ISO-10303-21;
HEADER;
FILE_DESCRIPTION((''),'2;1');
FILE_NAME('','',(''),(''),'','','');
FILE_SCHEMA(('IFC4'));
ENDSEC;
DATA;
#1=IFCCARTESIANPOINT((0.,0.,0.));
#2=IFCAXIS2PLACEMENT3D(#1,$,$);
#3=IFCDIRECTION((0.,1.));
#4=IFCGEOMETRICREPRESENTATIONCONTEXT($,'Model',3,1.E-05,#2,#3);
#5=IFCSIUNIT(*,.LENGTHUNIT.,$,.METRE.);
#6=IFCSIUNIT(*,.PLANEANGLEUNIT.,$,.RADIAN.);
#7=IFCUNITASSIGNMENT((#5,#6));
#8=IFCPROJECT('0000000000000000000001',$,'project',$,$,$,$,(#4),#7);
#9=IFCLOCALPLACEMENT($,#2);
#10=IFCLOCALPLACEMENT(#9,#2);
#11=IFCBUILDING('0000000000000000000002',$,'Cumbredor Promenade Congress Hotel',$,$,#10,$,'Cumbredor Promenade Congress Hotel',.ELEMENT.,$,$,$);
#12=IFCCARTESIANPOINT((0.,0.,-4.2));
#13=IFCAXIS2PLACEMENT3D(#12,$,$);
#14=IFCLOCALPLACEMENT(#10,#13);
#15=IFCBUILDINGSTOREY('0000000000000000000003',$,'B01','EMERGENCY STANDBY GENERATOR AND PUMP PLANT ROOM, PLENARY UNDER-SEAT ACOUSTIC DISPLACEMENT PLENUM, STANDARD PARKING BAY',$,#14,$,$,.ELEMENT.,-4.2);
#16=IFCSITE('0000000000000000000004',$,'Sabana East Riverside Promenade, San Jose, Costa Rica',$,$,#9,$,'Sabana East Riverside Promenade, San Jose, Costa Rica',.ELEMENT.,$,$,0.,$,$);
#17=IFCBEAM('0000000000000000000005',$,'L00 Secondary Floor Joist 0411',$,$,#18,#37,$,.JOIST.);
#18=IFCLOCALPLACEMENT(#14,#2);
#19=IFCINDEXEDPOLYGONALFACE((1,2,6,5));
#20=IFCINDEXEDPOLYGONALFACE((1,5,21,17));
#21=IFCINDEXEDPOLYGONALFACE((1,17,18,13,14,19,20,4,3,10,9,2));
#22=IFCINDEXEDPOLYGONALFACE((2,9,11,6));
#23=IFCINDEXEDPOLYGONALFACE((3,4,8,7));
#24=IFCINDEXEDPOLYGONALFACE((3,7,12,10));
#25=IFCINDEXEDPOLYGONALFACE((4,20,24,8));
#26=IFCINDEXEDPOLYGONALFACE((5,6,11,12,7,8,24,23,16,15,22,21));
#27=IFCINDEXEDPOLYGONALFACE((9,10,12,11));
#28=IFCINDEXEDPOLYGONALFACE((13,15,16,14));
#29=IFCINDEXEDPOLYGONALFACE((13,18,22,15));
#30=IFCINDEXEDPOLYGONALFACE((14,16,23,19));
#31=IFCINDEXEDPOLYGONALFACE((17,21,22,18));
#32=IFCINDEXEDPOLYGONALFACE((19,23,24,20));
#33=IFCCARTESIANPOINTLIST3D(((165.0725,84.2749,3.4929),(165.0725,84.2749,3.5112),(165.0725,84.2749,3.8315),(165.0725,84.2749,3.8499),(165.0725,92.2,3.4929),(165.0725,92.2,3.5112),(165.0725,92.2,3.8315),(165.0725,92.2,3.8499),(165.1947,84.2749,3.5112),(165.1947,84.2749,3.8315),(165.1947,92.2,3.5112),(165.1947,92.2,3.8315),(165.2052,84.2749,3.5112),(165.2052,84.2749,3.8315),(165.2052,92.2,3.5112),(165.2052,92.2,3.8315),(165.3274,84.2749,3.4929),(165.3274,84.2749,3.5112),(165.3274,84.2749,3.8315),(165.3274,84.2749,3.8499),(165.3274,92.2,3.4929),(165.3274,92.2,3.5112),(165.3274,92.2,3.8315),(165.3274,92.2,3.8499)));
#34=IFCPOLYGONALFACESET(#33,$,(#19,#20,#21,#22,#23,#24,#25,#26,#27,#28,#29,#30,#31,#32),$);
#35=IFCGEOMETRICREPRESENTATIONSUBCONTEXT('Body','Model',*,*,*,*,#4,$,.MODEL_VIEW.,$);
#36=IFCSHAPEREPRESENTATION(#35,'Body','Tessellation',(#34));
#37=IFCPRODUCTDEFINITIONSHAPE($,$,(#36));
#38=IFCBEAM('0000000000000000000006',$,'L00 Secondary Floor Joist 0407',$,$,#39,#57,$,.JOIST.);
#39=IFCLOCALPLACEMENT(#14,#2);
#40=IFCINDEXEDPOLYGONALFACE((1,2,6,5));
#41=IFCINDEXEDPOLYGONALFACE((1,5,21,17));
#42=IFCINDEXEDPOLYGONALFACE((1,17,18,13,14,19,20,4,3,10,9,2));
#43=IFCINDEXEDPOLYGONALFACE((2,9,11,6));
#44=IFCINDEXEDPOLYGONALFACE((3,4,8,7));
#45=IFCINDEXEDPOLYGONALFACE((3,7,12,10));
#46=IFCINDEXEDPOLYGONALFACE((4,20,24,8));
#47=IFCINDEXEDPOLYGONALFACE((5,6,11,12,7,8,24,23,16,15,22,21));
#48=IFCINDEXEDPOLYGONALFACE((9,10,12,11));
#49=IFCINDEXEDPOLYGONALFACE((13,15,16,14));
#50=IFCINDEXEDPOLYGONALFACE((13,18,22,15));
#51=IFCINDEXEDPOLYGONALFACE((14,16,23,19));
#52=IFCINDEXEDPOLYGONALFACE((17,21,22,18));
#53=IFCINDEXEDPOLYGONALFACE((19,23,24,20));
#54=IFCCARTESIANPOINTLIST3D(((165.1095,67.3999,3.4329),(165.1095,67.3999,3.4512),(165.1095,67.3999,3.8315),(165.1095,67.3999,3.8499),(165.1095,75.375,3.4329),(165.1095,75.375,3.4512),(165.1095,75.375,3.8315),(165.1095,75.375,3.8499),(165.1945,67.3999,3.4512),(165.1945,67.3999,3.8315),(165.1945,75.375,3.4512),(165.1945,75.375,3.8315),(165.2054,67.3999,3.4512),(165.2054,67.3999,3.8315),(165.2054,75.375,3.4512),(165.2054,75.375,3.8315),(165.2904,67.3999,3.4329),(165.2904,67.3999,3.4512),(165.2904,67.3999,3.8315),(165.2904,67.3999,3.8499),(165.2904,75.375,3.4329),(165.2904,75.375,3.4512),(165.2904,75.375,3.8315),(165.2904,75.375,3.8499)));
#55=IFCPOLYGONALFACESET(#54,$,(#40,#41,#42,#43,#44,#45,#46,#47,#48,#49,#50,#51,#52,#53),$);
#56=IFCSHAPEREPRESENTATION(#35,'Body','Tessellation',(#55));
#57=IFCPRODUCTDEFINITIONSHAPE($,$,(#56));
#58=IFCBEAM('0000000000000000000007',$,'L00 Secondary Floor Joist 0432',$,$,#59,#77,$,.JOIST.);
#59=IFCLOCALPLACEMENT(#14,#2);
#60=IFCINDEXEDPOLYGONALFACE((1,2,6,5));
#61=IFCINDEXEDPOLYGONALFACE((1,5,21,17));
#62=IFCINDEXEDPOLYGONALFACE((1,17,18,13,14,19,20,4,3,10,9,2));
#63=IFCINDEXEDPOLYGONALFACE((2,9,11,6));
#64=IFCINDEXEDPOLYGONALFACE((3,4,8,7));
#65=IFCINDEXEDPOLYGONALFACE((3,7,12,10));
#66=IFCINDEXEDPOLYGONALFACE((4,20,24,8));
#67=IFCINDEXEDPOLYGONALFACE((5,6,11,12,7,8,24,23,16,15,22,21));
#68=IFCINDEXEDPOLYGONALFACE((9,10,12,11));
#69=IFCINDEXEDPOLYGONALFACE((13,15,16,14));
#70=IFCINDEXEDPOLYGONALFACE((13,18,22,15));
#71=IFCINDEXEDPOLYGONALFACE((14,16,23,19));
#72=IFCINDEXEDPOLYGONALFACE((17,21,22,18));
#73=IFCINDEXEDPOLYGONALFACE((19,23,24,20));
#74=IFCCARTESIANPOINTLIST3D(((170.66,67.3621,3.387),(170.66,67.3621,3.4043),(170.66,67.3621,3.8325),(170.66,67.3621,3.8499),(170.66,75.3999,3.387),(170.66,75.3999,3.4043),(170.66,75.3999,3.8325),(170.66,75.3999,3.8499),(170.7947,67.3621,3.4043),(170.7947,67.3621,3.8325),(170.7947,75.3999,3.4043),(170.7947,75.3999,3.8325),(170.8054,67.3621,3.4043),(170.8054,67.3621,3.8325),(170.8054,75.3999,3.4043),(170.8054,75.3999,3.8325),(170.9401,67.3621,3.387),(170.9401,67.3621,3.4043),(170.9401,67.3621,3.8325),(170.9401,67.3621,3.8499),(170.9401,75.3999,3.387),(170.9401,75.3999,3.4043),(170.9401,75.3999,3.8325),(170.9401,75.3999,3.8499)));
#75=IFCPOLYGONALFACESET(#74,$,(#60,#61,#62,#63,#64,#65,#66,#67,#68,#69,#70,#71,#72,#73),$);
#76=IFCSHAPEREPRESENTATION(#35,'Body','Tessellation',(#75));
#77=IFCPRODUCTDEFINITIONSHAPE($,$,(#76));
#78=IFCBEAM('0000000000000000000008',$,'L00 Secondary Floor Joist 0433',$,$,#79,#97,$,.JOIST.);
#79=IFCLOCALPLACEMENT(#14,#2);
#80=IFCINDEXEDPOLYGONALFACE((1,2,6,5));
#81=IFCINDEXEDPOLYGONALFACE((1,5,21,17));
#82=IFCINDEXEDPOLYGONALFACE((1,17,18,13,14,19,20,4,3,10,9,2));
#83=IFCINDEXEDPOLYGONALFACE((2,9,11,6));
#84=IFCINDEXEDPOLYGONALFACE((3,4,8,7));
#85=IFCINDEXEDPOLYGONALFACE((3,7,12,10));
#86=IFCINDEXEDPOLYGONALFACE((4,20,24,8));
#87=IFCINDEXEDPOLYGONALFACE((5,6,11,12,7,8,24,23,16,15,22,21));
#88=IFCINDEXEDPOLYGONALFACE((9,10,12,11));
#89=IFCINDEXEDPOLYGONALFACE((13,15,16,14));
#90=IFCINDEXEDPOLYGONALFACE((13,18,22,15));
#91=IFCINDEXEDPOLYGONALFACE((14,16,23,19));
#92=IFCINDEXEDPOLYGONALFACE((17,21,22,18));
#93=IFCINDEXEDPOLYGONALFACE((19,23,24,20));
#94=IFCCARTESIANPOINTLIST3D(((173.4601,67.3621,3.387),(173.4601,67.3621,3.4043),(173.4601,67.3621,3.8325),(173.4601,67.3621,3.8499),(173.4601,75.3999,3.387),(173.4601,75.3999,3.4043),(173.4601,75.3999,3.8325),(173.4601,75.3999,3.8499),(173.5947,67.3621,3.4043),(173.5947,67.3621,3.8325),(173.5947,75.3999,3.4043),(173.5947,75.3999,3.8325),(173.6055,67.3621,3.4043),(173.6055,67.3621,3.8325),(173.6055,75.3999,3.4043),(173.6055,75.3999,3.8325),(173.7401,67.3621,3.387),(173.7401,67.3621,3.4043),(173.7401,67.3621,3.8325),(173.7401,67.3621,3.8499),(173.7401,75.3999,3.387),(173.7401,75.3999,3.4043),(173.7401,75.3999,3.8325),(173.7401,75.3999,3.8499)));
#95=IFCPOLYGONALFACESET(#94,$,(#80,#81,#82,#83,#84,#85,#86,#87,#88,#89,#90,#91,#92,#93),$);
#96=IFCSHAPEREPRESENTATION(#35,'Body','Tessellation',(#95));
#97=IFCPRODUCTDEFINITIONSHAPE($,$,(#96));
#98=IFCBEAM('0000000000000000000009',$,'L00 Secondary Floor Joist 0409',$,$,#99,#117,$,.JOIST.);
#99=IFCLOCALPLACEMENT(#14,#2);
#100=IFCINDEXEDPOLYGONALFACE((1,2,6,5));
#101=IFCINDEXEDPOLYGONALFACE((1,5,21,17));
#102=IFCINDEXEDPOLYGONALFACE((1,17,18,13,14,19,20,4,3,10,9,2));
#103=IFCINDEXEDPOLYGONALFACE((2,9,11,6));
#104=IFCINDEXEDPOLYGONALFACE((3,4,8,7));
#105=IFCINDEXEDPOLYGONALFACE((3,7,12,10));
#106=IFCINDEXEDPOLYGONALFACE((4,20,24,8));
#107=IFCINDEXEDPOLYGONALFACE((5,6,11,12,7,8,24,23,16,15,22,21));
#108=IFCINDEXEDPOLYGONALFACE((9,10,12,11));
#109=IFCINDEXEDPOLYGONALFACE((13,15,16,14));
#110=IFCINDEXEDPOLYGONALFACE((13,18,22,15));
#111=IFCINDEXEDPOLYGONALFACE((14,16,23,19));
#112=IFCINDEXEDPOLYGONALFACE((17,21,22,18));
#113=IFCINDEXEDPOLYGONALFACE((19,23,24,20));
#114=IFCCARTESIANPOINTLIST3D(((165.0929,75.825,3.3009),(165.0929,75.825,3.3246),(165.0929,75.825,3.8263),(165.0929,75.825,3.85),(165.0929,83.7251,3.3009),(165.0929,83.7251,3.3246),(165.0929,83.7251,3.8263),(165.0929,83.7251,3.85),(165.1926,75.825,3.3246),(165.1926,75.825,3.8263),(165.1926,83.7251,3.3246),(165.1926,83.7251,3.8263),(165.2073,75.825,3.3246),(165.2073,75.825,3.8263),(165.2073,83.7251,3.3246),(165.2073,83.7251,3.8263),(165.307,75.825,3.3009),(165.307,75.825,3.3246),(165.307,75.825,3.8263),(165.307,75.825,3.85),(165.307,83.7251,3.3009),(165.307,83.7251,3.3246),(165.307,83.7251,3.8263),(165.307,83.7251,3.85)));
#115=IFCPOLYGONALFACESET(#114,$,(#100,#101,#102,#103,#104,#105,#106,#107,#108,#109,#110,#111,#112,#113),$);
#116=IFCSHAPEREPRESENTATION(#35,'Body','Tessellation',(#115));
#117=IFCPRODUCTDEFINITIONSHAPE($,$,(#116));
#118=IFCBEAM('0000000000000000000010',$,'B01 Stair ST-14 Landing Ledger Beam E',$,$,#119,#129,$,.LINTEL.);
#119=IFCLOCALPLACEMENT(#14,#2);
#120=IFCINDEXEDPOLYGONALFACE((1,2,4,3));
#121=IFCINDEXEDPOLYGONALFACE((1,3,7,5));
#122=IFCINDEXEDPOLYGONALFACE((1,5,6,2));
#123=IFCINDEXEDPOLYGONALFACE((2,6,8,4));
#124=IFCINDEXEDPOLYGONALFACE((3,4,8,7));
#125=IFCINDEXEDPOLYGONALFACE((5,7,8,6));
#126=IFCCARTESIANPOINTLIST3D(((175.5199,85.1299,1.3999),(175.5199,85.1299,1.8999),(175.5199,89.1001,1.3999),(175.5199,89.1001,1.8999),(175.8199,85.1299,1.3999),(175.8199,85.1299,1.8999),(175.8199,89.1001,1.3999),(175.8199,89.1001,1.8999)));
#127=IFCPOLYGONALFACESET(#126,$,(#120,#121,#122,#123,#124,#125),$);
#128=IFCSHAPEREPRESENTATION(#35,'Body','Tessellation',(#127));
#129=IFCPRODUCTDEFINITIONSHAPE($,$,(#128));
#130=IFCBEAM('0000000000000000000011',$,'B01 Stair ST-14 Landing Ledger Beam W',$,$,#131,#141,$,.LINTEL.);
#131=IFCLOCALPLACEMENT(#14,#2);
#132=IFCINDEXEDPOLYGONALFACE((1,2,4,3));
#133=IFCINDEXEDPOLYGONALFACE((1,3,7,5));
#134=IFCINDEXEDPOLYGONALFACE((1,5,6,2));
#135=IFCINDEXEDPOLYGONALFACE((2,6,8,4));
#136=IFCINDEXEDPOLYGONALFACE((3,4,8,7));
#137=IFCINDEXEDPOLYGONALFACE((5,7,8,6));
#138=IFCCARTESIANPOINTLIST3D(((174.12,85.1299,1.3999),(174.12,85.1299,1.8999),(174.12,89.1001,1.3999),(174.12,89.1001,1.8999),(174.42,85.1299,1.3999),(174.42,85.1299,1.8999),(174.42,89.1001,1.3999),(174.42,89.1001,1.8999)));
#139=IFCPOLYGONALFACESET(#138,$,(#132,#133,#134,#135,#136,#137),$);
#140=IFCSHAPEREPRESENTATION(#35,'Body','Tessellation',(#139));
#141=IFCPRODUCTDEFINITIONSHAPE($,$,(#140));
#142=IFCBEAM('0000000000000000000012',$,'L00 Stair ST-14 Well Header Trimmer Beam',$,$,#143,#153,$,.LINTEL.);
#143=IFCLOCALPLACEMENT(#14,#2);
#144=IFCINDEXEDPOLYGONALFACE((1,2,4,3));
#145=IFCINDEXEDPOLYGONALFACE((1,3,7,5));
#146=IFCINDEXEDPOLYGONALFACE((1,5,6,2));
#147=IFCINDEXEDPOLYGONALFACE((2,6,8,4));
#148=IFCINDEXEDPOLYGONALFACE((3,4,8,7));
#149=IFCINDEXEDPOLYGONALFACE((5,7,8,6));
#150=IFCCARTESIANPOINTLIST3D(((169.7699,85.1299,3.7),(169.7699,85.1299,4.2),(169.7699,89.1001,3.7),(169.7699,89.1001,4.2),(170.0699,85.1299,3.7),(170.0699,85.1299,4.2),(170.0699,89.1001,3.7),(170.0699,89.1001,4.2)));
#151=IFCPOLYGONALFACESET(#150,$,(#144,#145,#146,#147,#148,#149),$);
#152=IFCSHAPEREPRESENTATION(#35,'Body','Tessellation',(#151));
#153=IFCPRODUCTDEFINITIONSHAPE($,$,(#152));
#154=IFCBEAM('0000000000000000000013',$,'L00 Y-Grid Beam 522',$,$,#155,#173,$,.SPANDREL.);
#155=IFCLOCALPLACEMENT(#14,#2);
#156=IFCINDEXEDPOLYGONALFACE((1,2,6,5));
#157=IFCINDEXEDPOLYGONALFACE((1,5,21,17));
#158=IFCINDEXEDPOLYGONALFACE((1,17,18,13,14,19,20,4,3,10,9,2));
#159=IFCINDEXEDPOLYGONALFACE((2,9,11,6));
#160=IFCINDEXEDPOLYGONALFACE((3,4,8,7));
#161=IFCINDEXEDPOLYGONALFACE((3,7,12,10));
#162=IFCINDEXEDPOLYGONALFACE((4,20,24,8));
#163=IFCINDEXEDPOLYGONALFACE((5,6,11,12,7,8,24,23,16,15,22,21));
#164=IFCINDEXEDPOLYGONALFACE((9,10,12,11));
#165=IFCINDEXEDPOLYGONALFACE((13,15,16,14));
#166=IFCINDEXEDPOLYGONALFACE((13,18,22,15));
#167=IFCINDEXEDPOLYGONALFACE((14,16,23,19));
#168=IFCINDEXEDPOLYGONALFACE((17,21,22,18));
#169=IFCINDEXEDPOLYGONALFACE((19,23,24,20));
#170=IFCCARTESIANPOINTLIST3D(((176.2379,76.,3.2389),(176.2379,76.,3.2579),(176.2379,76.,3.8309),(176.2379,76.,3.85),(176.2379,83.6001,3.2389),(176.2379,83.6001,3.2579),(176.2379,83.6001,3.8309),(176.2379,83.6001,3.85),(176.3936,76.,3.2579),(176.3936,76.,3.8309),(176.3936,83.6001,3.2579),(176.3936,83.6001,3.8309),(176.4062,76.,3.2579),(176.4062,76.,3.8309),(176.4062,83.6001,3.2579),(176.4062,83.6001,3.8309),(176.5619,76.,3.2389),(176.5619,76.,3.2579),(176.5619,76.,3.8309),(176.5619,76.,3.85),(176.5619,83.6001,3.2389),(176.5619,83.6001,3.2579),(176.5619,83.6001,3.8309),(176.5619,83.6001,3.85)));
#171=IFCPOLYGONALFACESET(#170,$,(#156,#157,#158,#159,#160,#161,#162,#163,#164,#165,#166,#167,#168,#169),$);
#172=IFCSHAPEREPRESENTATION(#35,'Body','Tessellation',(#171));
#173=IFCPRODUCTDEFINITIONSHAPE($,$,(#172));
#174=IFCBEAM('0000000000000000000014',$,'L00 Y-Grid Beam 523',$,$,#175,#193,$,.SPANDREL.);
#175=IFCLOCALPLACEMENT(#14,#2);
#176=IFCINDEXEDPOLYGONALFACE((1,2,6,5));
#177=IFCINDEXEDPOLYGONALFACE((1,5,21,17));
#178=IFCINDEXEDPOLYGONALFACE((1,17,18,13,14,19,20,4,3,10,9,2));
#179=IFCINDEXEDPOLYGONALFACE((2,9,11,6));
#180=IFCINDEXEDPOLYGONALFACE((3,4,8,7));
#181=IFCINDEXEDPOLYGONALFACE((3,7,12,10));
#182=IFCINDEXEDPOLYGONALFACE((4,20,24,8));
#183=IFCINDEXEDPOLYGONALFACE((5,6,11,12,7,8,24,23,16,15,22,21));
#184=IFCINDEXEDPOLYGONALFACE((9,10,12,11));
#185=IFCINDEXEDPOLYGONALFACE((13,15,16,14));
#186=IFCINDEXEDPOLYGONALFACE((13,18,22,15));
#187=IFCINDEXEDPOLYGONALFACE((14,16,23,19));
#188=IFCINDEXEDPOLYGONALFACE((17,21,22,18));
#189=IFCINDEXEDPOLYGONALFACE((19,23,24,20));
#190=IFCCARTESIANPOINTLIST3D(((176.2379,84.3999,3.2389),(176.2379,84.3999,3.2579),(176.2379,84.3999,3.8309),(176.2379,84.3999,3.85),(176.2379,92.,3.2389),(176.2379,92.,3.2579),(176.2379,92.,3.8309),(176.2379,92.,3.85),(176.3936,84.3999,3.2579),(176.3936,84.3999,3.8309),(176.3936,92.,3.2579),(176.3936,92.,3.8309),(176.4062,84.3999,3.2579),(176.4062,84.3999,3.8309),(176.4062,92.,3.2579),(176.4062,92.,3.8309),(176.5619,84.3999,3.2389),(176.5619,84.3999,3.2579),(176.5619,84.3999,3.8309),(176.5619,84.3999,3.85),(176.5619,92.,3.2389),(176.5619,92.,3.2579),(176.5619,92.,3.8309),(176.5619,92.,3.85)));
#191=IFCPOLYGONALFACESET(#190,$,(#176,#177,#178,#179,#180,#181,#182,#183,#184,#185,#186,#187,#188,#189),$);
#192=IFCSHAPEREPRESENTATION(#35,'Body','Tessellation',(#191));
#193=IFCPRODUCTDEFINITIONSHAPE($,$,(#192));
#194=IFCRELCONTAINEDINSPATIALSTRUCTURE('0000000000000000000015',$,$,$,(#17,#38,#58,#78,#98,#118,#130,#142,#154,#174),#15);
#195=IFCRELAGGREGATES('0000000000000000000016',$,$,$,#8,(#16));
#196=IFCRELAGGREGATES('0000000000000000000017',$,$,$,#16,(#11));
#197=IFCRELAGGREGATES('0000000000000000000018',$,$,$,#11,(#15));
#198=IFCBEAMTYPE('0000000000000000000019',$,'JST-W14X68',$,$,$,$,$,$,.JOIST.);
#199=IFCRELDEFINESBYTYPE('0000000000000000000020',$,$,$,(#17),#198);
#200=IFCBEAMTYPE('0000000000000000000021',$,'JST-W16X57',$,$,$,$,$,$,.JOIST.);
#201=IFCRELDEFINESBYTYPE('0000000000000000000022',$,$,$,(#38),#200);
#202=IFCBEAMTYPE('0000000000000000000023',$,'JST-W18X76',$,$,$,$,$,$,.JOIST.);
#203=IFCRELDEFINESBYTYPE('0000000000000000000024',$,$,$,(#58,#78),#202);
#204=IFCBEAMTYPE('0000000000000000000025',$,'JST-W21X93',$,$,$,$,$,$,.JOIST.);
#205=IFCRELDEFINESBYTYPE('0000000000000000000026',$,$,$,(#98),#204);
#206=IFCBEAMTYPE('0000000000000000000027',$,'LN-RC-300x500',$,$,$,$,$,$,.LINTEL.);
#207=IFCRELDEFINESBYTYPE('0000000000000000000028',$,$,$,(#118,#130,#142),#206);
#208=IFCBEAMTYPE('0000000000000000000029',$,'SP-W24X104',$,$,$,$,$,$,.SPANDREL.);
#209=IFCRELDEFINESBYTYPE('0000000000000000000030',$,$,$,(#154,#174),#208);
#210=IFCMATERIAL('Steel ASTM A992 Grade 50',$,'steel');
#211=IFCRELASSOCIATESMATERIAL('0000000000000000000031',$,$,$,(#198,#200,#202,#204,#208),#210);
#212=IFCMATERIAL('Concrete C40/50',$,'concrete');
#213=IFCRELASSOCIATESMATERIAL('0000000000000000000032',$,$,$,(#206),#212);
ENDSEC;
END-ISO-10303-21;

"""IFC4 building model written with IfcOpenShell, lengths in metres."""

from ifc_helpers import new_model, si_unit, direction, frame, origin, origin_2d, place, context, subcontext, project, spatial, rectangle, i_section, extrude, material, material_profile, profile_set, type_object, element, save


model = new_model("IFC4")

# Units and contexts
model_context = context("Model", 3, precision=1e-05, world=origin(), true_north=direction((0.0, 1.0)))
body_context = subcontext(model_context, "Body", "Model", "MODEL_VIEW")
ifc_project = project(units=[si_unit("LENGTHUNIT", "METRE"), si_unit("PLANEANGLEUNIT", "RADIAN")], contexts=[model_context])

# Site, building, storey
site_placement = place(None, origin())
site = spatial("IfcSite", under=ifc_project, at=site_placement, Name="Sabana East Riverside Promenade, San Jose, Costa Rica", LongName="Sabana East Riverside Promenade, San Jose, Costa Rica", CompositionType="ELEMENT", RefElevation=0.0)
building_placement = place(site_placement, origin())
building = spatial("IfcBuilding", under=site, at=building_placement, Name="Cumbredor Promenade Congress Hotel", LongName="Cumbredor Promenade Congress Hotel", CompositionType="ELEMENT")
storey_placement = place(building_placement, frame((0.0, 0.0, -4.2)))
storey = spatial("IfcBuildingStorey", under=building, at=storey_placement, Name="B01", Description="EMERGENCY STANDBY GENERATOR AND PUMP PLANT ROOM, PLENARY UNDER-SEAT ACOUSTIC DISPLACEMENT PLENUM, STANDARD PARKING BAY", CompositionType="ELEMENT", Elevation=-4.2)

# Beams
ifc_material_1 = material(Name="Concrete C40/50", Category="concrete")
ifc_material_2 = material(Name="Steel ASTM A992 Grade 50", Category="steel")
ifc_material_profile_1 = material_profile(ifc_material_2, i_section(OverallWidth=0.2549, OverallDepth=0.3569, WebThickness=0.0105, FlangeThickness=0.0183, at=origin_2d()), Name="W14X68")
ifc_profile_set_1 = profile_set([ifc_material_profile_1], Name="Steel ASTM A992 Grade 50")
beam_type_1 = type_object("IfcBeamType", Name="JST-W14X68", PredefinedType="JOIST", material=ifc_profile_set_1)
beam_1_placement = place(storey_placement, frame((165.2, 84.2749, 3.6714), z_axis=(0.0, 1.0, 0.0), x_axis=(-1.0, 0.0, 0.0)))
element("IfcBeam", 1, at=beam_1_placement, inside=storey, type_object=beam_type_1, Name="L00 Secondary Floor Joist 0411", PredefinedType="JOIST", context=body_context, shape_type="SweptSolid", body=[
    extrude(i_section(OverallWidth=0.2549, OverallDepth=0.3569, WebThickness=0.0105, FlangeThickness=0.0183, at=origin_2d()), origin(), (0.0, 0.0, 1.0), 7.925),
])
ifc_material_profile_2 = material_profile(ifc_material_2, i_section(OverallWidth=0.1809, OverallDepth=0.417, WebThickness=0.011, FlangeThickness=0.0183, at=origin_2d()), Name="W16X57")
ifc_profile_set_2 = profile_set([ifc_material_profile_2], Name="Steel ASTM A992 Grade 50")
beam_type_2 = type_object("IfcBeamType", Name="JST-W16X57", PredefinedType="JOIST", material=ifc_profile_set_2)
beam_2_placement = place(storey_placement, frame((165.2, 67.3999, 3.6414), z_axis=(0.0, 1.0, 0.0), x_axis=(-1.0, 0.0, 0.0)))
element("IfcBeam", 2, at=beam_2_placement, inside=storey, type_object=beam_type_2, Name="L00 Secondary Floor Joist 0407", PredefinedType="JOIST", context=body_context, shape_type="SweptSolid", body=[
    extrude(i_section(OverallWidth=0.1809, OverallDepth=0.417, WebThickness=0.011, FlangeThickness=0.0183, at=origin_2d()), origin(), (0.0, 0.0, 1.0), 7.9751),
])
ifc_material_profile_3 = material_profile(ifc_material_2, i_section(OverallWidth=0.28, OverallDepth=0.4629, WebThickness=0.0107, FlangeThickness=0.0173, at=origin_2d()), Name="W18X76")
ifc_profile_set_3 = profile_set([ifc_material_profile_3], Name="Steel ASTM A992 Grade 50")
beam_type_3 = type_object("IfcBeamType", Name="JST-W18X76", PredefinedType="JOIST", material=ifc_profile_set_3)
for number, where, z_axis, x_axis, name in (
    (3, (170.8, 67.3621, 3.6184), (0.0, 1.0, 0.0), (-1.0, 0.0, 0.0), "L00 Secondary Floor Joist 0432"),
    (4, (173.6001, 67.3621, 3.6184), (0.0, 1.0, 0.0), (-1.0, 0.0, 0.0), "L00 Secondary Floor Joist 0433"),
):
    element("IfcBeam", number, at=place(storey_placement, frame(where, z_axis=z_axis, x_axis=x_axis)), inside=storey, type_object=beam_type_3, Name=name, PredefinedType="JOIST", context=body_context, shape_type="SweptSolid", body=[
        extrude(i_section(OverallWidth=0.28, OverallDepth=0.4629, WebThickness=0.0107, FlangeThickness=0.0173, at=origin_2d()), origin(), (0.0, 0.0, 1.0), 8.0378),
    ])
ifc_material_profile_4 = material_profile(ifc_material_2, i_section(OverallWidth=0.2141, OverallDepth=0.5491, WebThickness=0.0146, FlangeThickness=0.0237, at=origin_2d()), Name="W21X93")
ifc_profile_set_4 = profile_set([ifc_material_profile_4], Name="Steel ASTM A992 Grade 50")
beam_type_4 = type_object("IfcBeamType", Name="JST-W21X93", PredefinedType="JOIST", material=ifc_profile_set_4)
beam_3_placement = place(storey_placement, frame((165.2, 75.825, 3.5754), z_axis=(0.0, 1.0, 0.0), x_axis=(-1.0, 0.0, 0.0)))
element("IfcBeam", 5, at=beam_3_placement, inside=storey, type_object=beam_type_4, Name="L00 Secondary Floor Joist 0409", PredefinedType="JOIST", context=body_context, shape_type="SweptSolid", body=[
    extrude(i_section(OverallWidth=0.2141, OverallDepth=0.5491, WebThickness=0.0146, FlangeThickness=0.0237, at=origin_2d()), origin(), (0.0, 0.0, 1.0), 7.9001),
])
ifc_material_profile_5 = material_profile(ifc_material_1, rectangle(XDim=0.3, YDim=0.5, at=origin_2d()), Name="RC LINTEL 300x500")
ifc_profile_set_5 = profile_set([ifc_material_profile_5], Name="Concrete C40/50")
beam_type_5 = type_object("IfcBeamType", Name="LN-RC-300x500", PredefinedType="LINTEL", material=ifc_profile_set_5)
for number, where, z_axis, x_axis, name in (
    (6, (175.6699, 85.1299, 1.6499), (0.0, 1.0, 0.0), (-1.0, 0.0, 0.0), "B01 Stair ST-14 Landing Ledger Beam E"),
    (7, (174.27, 85.1299, 1.6499), (0.0, 1.0, 0.0), (-1.0, 0.0, 0.0), "B01 Stair ST-14 Landing Ledger Beam W"),
    (8, (169.9199, 85.1299, 3.95), (0.0, 1.0, 0.0), (-1.0, 0.0, 0.0), "L00 Stair ST-14 Well Header Trimmer Beam"),
):
    element("IfcBeam", number, at=place(storey_placement, frame(where, z_axis=z_axis, x_axis=x_axis)), inside=storey, type_object=beam_type_5, Name=name, PredefinedType="LINTEL", context=body_context, shape_type="SweptSolid", body=[
        extrude(rectangle(XDim=0.3, YDim=0.5, at=origin_2d()), origin(), (0.0, 0.0, 1.0), 3.9702),
    ])
ifc_material_profile_6 = material_profile(ifc_material_2, i_section(OverallWidth=0.324, OverallDepth=0.6111, WebThickness=0.0127, FlangeThickness=0.019, at=origin_2d()), Name="W24X104")
ifc_profile_set_6 = profile_set([ifc_material_profile_6], Name="Steel ASTM A992 Grade 50")
beam_type_6 = type_object("IfcBeamType", Name="SP-W24X104", PredefinedType="SPANDREL", material=ifc_profile_set_6)
for number, where, z_axis, x_axis, name in (
    (9, (176.3999, 76.0, 3.5444), (0.0, 1.0, 0.0), (-1.0, 0.0, 0.0), "L00 Y-Grid Beam 522"),
    (10, (176.3999, 84.3999, 3.5444), (0.0, 1.0, 0.0), (-1.0, 0.0, 0.0), "L00 Y-Grid Beam 523"),
):
    element("IfcBeam", number, at=place(storey_placement, frame(where, z_axis=z_axis, x_axis=x_axis)), inside=storey, type_object=beam_type_6, Name=name, PredefinedType="SPANDREL", context=body_context, shape_type="SweptSolid", body=[
        extrude(i_section(OverallWidth=0.324, OverallDepth=0.6111, WebThickness=0.0127, FlangeThickness=0.019, at=origin_2d()), origin(), (0.0, 0.0, 1.0), 7.6001),
    ])

save(model, "model.ifc")
